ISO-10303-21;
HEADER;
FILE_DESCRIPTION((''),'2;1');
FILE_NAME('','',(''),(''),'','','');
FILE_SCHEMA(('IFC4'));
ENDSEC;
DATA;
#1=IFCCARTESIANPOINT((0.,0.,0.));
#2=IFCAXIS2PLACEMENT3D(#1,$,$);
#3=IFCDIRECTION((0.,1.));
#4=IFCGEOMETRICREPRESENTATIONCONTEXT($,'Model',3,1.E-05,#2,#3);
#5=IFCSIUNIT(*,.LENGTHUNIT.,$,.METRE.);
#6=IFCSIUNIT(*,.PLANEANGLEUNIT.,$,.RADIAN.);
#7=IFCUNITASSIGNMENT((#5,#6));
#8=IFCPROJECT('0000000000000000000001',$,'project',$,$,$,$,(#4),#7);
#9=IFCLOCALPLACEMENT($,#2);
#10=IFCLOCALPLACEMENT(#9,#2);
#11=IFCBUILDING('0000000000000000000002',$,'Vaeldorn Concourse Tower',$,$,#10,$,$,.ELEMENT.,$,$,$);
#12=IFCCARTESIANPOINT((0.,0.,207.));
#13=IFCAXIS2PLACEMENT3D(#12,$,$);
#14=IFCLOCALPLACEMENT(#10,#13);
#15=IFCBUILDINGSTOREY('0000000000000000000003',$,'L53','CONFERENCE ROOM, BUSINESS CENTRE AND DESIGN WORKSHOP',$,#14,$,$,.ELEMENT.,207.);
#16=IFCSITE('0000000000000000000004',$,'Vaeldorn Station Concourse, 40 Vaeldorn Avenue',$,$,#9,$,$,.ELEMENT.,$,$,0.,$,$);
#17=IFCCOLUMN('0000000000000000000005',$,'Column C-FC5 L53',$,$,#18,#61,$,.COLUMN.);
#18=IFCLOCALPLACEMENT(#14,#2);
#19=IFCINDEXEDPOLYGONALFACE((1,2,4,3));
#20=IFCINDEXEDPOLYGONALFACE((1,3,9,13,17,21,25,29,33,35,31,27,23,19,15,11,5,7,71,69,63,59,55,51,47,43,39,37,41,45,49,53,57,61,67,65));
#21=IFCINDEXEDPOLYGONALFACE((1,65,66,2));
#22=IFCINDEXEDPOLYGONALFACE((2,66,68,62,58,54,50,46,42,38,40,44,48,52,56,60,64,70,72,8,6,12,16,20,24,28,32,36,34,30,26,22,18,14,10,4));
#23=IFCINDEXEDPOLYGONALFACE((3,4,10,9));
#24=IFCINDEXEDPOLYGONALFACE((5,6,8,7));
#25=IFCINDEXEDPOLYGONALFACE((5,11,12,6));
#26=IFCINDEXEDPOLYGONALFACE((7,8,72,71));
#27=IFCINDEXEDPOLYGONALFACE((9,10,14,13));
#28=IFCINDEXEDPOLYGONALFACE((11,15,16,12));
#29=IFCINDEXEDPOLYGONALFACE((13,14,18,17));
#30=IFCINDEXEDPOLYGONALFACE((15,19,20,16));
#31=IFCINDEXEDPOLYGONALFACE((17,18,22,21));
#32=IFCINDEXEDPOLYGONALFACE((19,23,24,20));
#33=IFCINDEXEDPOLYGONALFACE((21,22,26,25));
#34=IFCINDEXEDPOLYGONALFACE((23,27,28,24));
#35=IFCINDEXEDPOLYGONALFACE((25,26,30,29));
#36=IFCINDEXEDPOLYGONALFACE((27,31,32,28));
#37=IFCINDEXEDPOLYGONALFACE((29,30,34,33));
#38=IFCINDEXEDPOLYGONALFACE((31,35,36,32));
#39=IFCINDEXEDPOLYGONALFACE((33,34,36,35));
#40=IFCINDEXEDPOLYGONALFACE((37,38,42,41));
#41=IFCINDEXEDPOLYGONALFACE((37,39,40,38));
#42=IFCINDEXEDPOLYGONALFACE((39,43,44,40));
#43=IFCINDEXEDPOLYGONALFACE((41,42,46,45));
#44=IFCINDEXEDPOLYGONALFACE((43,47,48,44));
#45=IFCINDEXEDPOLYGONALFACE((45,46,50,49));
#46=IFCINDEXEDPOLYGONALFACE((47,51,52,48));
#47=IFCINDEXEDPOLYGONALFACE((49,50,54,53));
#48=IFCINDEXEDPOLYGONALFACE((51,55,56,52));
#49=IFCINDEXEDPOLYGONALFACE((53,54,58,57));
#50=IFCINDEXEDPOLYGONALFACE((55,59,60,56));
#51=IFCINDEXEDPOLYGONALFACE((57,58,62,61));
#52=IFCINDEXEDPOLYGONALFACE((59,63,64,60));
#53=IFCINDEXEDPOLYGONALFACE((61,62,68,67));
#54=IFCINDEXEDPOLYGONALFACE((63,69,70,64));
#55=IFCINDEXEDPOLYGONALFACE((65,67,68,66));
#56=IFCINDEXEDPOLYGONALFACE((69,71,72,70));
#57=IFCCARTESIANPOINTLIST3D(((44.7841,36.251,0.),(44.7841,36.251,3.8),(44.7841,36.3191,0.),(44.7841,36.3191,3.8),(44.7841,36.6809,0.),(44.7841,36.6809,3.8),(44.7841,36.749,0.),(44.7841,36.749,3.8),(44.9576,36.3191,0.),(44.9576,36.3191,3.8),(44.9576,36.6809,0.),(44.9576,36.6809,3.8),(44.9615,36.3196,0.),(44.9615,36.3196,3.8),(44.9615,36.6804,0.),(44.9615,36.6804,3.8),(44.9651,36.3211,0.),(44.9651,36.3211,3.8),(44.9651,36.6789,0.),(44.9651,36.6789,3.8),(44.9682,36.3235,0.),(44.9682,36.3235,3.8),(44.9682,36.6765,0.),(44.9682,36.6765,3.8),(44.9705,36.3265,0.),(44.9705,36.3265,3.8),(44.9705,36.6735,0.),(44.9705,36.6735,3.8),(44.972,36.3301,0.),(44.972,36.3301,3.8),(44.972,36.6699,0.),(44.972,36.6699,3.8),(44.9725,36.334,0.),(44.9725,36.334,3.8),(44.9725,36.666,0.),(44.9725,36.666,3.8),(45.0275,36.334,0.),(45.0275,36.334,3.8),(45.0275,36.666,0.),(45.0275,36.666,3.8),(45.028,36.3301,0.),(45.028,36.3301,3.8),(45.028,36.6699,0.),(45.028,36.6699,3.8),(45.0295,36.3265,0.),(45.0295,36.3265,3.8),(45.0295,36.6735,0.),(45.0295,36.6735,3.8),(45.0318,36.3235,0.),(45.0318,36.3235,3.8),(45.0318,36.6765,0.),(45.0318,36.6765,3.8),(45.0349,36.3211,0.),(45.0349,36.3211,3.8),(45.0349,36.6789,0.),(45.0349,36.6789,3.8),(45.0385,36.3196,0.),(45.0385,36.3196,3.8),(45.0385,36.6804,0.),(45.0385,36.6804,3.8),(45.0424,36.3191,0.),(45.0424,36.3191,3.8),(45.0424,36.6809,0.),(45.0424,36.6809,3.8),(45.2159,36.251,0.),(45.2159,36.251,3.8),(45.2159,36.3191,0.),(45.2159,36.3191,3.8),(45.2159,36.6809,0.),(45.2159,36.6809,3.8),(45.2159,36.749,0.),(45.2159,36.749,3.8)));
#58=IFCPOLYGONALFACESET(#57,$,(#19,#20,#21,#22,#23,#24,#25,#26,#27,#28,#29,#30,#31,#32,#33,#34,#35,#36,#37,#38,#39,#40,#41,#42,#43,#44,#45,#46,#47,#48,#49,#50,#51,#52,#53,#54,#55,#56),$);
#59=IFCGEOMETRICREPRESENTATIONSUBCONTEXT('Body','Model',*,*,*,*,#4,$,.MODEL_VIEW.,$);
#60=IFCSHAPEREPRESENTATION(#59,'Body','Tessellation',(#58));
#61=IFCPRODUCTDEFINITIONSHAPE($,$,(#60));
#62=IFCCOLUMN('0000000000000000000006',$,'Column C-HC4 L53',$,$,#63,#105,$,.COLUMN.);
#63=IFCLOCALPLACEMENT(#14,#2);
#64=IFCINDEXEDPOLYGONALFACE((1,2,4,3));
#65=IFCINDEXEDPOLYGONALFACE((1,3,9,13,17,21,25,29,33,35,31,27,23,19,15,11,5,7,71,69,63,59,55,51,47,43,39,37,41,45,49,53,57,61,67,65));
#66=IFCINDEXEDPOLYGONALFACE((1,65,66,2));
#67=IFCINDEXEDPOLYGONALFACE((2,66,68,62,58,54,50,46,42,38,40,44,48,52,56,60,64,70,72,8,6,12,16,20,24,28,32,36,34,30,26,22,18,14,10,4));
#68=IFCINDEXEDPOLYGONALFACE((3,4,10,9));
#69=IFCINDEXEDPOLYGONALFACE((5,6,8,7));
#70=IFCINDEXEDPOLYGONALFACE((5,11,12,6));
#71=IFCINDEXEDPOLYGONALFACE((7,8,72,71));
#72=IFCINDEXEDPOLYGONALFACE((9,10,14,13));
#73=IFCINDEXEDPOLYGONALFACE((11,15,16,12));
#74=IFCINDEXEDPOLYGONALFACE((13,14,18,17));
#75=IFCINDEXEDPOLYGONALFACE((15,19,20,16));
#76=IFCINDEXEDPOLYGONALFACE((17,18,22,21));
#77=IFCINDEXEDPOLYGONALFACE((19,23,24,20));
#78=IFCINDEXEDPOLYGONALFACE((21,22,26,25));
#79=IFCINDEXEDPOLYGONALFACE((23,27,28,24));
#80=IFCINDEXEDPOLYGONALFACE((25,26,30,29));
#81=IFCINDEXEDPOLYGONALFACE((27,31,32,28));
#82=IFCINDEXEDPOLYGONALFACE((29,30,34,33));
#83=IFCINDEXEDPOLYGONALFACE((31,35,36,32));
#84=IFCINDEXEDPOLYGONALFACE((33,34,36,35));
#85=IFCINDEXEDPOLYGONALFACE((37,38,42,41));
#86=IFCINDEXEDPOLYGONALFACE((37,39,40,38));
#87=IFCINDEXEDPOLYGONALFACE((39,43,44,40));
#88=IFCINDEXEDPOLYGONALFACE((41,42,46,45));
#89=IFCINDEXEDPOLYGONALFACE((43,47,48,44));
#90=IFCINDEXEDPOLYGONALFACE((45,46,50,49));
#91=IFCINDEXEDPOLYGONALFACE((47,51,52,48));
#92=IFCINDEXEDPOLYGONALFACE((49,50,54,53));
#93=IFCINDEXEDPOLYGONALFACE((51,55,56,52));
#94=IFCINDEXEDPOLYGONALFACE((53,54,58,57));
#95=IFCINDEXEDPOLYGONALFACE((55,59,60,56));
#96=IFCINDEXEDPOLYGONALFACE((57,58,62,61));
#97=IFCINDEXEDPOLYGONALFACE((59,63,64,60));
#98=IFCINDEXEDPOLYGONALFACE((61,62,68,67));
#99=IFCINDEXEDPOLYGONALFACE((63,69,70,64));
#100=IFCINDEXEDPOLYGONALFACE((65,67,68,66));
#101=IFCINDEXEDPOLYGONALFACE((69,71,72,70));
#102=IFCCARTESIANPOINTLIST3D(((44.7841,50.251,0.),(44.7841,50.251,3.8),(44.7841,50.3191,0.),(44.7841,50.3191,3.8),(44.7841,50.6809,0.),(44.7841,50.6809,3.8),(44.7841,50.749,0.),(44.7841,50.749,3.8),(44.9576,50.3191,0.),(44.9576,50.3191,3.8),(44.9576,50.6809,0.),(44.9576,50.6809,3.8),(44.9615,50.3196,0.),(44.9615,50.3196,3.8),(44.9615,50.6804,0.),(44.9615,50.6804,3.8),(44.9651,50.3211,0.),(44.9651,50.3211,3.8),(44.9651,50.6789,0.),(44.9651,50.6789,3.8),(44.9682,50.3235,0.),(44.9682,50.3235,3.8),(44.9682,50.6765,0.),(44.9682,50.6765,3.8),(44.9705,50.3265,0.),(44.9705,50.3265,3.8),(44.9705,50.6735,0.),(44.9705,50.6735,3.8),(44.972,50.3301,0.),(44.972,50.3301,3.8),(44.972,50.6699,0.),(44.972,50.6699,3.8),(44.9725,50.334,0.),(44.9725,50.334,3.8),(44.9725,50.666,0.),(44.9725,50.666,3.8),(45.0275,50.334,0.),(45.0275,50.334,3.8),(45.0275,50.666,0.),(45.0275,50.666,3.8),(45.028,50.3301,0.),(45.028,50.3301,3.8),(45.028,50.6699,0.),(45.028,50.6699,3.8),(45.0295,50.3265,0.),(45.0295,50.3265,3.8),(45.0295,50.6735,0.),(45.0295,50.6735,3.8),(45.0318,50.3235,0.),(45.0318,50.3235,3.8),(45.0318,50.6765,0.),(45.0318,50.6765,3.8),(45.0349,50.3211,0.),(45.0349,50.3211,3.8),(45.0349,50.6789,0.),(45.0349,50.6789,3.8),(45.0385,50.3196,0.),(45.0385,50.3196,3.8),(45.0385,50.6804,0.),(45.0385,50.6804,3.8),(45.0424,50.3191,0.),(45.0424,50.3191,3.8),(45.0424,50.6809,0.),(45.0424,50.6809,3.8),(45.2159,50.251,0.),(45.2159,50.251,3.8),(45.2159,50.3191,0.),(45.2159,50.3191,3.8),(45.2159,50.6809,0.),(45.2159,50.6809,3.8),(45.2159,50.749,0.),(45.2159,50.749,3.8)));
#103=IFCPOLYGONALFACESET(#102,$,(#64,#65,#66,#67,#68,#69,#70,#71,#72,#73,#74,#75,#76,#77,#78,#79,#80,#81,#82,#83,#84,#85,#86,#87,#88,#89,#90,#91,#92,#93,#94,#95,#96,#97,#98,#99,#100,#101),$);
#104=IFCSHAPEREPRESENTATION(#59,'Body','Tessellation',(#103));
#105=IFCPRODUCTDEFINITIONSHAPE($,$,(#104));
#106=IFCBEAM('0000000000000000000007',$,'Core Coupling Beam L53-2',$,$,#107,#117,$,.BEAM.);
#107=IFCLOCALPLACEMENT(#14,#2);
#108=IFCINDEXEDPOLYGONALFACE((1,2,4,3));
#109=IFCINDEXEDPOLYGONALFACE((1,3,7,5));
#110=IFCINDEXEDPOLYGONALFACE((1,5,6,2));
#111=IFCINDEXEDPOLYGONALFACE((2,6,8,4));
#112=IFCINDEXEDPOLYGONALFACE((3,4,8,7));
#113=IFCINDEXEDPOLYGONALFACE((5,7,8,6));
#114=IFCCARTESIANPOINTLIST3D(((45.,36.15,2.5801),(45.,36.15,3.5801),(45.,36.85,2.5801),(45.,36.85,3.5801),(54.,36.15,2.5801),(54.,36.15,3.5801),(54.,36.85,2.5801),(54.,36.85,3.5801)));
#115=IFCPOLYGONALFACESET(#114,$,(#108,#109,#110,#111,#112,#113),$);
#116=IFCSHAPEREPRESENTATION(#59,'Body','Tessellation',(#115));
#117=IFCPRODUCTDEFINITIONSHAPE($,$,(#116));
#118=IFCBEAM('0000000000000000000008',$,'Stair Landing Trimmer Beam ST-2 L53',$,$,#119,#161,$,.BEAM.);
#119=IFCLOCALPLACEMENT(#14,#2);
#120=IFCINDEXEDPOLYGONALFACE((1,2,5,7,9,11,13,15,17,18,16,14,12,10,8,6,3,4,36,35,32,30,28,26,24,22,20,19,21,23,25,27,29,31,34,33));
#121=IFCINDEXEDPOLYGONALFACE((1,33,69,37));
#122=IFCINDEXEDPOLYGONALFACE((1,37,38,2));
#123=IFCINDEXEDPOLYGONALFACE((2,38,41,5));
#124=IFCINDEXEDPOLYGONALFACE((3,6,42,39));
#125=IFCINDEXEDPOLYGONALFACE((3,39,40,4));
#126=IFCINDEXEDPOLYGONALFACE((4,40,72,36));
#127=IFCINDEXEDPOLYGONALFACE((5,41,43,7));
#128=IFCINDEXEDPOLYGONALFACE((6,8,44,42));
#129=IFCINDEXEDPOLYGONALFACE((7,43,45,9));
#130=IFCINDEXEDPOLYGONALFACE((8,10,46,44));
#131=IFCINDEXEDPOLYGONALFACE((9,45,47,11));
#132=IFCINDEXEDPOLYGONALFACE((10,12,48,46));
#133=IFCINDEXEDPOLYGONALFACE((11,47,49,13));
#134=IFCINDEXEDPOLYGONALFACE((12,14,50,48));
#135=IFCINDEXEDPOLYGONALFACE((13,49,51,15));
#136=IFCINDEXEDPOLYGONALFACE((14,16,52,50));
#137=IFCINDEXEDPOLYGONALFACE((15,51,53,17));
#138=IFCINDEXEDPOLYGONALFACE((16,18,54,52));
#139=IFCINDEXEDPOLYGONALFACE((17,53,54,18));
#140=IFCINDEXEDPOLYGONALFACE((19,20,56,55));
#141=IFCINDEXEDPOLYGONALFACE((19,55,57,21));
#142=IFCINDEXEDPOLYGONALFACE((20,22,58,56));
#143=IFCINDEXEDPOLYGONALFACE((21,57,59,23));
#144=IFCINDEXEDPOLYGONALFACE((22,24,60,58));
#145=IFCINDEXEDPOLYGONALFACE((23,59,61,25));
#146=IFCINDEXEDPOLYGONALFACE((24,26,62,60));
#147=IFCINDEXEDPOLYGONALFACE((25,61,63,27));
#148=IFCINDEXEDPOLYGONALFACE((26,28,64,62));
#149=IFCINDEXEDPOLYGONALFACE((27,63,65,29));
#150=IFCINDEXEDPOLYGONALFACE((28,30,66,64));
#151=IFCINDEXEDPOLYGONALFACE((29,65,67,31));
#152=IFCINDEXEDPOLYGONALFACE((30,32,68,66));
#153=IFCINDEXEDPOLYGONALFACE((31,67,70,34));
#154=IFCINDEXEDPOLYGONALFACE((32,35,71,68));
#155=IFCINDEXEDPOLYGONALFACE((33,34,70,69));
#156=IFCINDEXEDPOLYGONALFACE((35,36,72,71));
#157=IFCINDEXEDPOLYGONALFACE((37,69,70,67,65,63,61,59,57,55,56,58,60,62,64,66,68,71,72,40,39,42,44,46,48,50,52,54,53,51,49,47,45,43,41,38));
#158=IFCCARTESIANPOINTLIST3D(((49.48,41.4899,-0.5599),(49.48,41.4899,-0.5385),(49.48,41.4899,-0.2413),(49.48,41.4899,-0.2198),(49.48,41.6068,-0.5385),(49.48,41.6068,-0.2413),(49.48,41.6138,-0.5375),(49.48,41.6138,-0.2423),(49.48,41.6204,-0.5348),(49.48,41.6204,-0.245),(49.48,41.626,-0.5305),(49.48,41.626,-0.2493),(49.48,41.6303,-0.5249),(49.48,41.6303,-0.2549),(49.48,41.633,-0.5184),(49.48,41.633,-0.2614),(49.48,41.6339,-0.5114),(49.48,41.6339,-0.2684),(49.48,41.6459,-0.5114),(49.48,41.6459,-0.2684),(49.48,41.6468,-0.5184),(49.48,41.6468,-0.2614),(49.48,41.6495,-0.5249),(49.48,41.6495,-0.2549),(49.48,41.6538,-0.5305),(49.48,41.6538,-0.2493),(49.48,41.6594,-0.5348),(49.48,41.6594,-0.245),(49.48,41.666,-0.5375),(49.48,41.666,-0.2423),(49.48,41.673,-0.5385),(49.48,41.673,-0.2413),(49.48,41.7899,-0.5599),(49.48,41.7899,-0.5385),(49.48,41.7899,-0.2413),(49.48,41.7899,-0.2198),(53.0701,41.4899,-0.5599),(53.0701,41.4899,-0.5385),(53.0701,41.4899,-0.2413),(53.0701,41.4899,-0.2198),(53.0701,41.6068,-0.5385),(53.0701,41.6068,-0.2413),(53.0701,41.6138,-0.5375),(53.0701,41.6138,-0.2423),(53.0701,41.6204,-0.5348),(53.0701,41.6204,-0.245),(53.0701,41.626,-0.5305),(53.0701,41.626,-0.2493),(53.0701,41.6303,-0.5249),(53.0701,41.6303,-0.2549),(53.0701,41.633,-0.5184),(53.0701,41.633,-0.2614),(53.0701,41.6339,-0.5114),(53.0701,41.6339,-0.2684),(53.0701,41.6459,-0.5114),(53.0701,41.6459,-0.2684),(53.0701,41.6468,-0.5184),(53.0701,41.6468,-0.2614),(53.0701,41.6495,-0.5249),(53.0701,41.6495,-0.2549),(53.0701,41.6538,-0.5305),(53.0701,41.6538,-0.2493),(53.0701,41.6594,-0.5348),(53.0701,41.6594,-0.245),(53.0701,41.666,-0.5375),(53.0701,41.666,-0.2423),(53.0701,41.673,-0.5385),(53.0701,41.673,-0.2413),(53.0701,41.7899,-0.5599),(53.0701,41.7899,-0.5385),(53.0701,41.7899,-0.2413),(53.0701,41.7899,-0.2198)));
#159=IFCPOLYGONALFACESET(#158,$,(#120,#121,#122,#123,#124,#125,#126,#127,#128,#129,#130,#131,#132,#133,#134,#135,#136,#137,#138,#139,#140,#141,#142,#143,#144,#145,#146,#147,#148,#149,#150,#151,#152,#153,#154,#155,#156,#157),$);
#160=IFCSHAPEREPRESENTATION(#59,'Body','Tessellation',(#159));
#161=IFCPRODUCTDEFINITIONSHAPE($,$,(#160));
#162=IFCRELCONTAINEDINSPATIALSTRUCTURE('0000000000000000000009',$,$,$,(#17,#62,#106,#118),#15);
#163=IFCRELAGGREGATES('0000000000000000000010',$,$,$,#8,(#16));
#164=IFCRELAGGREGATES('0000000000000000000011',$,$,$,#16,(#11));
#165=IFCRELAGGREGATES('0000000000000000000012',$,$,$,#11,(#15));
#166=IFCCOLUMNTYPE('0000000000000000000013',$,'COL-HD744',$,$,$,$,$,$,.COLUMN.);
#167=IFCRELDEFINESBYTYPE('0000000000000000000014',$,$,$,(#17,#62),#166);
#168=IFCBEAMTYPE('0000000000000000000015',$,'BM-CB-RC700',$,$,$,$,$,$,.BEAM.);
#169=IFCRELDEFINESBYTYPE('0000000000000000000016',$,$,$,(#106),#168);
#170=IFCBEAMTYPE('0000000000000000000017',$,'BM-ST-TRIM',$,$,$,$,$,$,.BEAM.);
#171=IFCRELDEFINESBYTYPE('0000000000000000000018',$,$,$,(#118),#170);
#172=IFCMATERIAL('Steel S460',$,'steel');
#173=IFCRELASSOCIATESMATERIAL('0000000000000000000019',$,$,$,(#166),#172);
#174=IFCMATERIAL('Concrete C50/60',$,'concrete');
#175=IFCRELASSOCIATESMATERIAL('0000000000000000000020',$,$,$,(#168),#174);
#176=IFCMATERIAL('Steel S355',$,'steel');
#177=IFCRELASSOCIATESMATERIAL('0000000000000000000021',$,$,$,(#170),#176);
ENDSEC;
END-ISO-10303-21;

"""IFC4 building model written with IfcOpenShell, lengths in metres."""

from ifc_helpers import new_model, si_unit, direction, frame, origin, origin_2d, place, context, subcontext, project, spatial, rectangle, i_section, extrude, source, transform, mapped, material, material_profile, profile_set, type_object, element, save


model = new_model("IFC4")

# Units and contexts
model_context = context("Model", 3, precision=1e-05, world=origin(), true_north=direction((0.0, 1.0)))
body_context = subcontext(model_context, "Body", "Model", "MODEL_VIEW")
ifc_project = project(units=[si_unit("LENGTHUNIT", "METRE"), si_unit("PLANEANGLEUNIT", "RADIAN")], contexts=[model_context])

# Site, building, storey
site_placement = place(None, origin())
site = spatial("IfcSite", under=ifc_project, at=site_placement, Name="Vaeldorn Station Concourse, 40 Vaeldorn Avenue", CompositionType="ELEMENT", RefElevation=0.0)
building_placement = place(site_placement, origin())
building = spatial("IfcBuilding", under=site, at=building_placement, Name="Vaeldorn Concourse Tower", CompositionType="ELEMENT")
storey_placement = place(building_placement, frame((0.0, 0.0, 207.0)))
storey = spatial("IfcBuildingStorey", under=building, at=storey_placement, Name="L53", Description="CONFERENCE ROOM, BUSINESS CENTRE AND DESIGN WORKSHOP", CompositionType="ELEMENT", Elevation=207.0)

# Columns
ifc_material_1 = material(Name="Steel S460", Category="steel")
ifc_material_profile_1 = material_profile(ifc_material_1, i_section(OverallWidth=0.4319, OverallDepth=0.498, WebThickness=0.0549, FlangeThickness=0.0681, FilletRadius=0.0149, at=origin_2d()), Name="HD 400x744")
ifc_profile_set_1 = profile_set([ifc_material_profile_1], Name="Steel S460")
column_type = type_object("IfcColumnType", Name="COL-HD744", PredefinedType="COLUMN", material=ifc_profile_set_1)
shared_shape_1 = source(origin(), body_context, "Body", "SweptSolid", [
    extrude(i_section(OverallWidth=0.4319, OverallDepth=0.498, WebThickness=0.0549, FlangeThickness=0.0681, FilletRadius=0.0149, at=origin_2d()), origin(), (0.0, 0.0, 1.0), 3.8),
])
for number, where, z_axis, x_axis, name in (
    (1, (45.0, 36.5, 0.0), (0.0, 0.0, 1.0), (1.0, 0.0, 0.0), "Column C-FC5 L53"),
    (2, (45.0, 50.5, 0.0), (0.0, 0.0, 1.0), (1.0, 0.0, 0.0), "Column C-HC4 L53"),
):
    element("IfcColumn", number, at=place(storey_placement, frame(where, z_axis=z_axis, x_axis=x_axis)), inside=storey, type_object=column_type, Name=name, PredefinedType="COLUMN", context=body_context, shape_type="MappedRepresentation", body=[
        mapped(shared_shape_1, transform((0.0, 0.0, 0.0), scale=1.0)),
    ])

# Beams
ifc_material_2 = material(Name="Concrete C50/60", Category="concrete")
ifc_material_profile_2 = material_profile(ifc_material_2, rectangle(XDim=0.7, YDim=1.0, at=origin_2d()), Name="RC 700x1000")
ifc_profile_set_2 = profile_set([ifc_material_profile_2], Name="Concrete C50/60")
beam_type_1 = type_object("IfcBeamType", Name="BM-CB-RC700", PredefinedType="BEAM", material=ifc_profile_set_2)
shared_shape_2 = source(origin(), body_context, "Body", "SweptSolid", [
    extrude(rectangle(XDim=0.7, YDim=1.0, at=origin_2d()), origin(), (0.0, 0.0, 1.0), 9.0),
])
beam_1_placement = place(storey_placement, frame((45.0, 36.5, 3.0801), z_axis=(1.0, 0.0, 0.0), x_axis=(0.0, 1.0, 0.0)))
element("IfcBeam", 3, at=beam_1_placement, inside=storey, type_object=beam_type_1, Name="Core Coupling Beam L53-2", PredefinedType="BEAM", context=body_context, shape_type="MappedRepresentation", body=[
    mapped(shared_shape_2, transform((0.0, 0.0, 0.0), scale=1.0)),
])
ifc_material_3 = material(Name="Steel S355", Category="steel")
ifc_material_profile_3 = material_profile(ifc_material_3, i_section(OverallWidth=0.3, OverallDepth=0.3401, WebThickness=0.012, FlangeThickness=0.0215, FilletRadius=0.0271, at=origin_2d()), Name="HEB 340")
ifc_profile_set_3 = profile_set([ifc_material_profile_3], Name="Steel S355")
beam_type_2 = type_object("IfcBeamType", Name="BM-ST-TRIM", PredefinedType="BEAM", material=ifc_profile_set_3)
shared_shape_3 = source(origin(), body_context, "Body", "SweptSolid", [
    extrude(i_section(OverallWidth=0.3, OverallDepth=0.3401, WebThickness=0.012, FlangeThickness=0.0215, FilletRadius=0.0271, at=origin_2d()), origin(), (0.0, 0.0, 1.0), 3.5901),
])
beam_2_placement = place(storey_placement, frame((49.48, 41.6399, -0.3899), z_axis=(1.0, 0.0, 0.0), x_axis=(0.0, 1.0, 0.0)))
element("IfcBeam", 4, at=beam_2_placement, inside=storey, type_object=beam_type_2, Name="Stair Landing Trimmer Beam ST-2 L53", PredefinedType="BEAM", context=body_context, shape_type="MappedRepresentation", body=[
    mapped(shared_shape_3, transform((0.0, 0.0, 0.0), scale=1.0)),
])

save(model, "model.ifc")
